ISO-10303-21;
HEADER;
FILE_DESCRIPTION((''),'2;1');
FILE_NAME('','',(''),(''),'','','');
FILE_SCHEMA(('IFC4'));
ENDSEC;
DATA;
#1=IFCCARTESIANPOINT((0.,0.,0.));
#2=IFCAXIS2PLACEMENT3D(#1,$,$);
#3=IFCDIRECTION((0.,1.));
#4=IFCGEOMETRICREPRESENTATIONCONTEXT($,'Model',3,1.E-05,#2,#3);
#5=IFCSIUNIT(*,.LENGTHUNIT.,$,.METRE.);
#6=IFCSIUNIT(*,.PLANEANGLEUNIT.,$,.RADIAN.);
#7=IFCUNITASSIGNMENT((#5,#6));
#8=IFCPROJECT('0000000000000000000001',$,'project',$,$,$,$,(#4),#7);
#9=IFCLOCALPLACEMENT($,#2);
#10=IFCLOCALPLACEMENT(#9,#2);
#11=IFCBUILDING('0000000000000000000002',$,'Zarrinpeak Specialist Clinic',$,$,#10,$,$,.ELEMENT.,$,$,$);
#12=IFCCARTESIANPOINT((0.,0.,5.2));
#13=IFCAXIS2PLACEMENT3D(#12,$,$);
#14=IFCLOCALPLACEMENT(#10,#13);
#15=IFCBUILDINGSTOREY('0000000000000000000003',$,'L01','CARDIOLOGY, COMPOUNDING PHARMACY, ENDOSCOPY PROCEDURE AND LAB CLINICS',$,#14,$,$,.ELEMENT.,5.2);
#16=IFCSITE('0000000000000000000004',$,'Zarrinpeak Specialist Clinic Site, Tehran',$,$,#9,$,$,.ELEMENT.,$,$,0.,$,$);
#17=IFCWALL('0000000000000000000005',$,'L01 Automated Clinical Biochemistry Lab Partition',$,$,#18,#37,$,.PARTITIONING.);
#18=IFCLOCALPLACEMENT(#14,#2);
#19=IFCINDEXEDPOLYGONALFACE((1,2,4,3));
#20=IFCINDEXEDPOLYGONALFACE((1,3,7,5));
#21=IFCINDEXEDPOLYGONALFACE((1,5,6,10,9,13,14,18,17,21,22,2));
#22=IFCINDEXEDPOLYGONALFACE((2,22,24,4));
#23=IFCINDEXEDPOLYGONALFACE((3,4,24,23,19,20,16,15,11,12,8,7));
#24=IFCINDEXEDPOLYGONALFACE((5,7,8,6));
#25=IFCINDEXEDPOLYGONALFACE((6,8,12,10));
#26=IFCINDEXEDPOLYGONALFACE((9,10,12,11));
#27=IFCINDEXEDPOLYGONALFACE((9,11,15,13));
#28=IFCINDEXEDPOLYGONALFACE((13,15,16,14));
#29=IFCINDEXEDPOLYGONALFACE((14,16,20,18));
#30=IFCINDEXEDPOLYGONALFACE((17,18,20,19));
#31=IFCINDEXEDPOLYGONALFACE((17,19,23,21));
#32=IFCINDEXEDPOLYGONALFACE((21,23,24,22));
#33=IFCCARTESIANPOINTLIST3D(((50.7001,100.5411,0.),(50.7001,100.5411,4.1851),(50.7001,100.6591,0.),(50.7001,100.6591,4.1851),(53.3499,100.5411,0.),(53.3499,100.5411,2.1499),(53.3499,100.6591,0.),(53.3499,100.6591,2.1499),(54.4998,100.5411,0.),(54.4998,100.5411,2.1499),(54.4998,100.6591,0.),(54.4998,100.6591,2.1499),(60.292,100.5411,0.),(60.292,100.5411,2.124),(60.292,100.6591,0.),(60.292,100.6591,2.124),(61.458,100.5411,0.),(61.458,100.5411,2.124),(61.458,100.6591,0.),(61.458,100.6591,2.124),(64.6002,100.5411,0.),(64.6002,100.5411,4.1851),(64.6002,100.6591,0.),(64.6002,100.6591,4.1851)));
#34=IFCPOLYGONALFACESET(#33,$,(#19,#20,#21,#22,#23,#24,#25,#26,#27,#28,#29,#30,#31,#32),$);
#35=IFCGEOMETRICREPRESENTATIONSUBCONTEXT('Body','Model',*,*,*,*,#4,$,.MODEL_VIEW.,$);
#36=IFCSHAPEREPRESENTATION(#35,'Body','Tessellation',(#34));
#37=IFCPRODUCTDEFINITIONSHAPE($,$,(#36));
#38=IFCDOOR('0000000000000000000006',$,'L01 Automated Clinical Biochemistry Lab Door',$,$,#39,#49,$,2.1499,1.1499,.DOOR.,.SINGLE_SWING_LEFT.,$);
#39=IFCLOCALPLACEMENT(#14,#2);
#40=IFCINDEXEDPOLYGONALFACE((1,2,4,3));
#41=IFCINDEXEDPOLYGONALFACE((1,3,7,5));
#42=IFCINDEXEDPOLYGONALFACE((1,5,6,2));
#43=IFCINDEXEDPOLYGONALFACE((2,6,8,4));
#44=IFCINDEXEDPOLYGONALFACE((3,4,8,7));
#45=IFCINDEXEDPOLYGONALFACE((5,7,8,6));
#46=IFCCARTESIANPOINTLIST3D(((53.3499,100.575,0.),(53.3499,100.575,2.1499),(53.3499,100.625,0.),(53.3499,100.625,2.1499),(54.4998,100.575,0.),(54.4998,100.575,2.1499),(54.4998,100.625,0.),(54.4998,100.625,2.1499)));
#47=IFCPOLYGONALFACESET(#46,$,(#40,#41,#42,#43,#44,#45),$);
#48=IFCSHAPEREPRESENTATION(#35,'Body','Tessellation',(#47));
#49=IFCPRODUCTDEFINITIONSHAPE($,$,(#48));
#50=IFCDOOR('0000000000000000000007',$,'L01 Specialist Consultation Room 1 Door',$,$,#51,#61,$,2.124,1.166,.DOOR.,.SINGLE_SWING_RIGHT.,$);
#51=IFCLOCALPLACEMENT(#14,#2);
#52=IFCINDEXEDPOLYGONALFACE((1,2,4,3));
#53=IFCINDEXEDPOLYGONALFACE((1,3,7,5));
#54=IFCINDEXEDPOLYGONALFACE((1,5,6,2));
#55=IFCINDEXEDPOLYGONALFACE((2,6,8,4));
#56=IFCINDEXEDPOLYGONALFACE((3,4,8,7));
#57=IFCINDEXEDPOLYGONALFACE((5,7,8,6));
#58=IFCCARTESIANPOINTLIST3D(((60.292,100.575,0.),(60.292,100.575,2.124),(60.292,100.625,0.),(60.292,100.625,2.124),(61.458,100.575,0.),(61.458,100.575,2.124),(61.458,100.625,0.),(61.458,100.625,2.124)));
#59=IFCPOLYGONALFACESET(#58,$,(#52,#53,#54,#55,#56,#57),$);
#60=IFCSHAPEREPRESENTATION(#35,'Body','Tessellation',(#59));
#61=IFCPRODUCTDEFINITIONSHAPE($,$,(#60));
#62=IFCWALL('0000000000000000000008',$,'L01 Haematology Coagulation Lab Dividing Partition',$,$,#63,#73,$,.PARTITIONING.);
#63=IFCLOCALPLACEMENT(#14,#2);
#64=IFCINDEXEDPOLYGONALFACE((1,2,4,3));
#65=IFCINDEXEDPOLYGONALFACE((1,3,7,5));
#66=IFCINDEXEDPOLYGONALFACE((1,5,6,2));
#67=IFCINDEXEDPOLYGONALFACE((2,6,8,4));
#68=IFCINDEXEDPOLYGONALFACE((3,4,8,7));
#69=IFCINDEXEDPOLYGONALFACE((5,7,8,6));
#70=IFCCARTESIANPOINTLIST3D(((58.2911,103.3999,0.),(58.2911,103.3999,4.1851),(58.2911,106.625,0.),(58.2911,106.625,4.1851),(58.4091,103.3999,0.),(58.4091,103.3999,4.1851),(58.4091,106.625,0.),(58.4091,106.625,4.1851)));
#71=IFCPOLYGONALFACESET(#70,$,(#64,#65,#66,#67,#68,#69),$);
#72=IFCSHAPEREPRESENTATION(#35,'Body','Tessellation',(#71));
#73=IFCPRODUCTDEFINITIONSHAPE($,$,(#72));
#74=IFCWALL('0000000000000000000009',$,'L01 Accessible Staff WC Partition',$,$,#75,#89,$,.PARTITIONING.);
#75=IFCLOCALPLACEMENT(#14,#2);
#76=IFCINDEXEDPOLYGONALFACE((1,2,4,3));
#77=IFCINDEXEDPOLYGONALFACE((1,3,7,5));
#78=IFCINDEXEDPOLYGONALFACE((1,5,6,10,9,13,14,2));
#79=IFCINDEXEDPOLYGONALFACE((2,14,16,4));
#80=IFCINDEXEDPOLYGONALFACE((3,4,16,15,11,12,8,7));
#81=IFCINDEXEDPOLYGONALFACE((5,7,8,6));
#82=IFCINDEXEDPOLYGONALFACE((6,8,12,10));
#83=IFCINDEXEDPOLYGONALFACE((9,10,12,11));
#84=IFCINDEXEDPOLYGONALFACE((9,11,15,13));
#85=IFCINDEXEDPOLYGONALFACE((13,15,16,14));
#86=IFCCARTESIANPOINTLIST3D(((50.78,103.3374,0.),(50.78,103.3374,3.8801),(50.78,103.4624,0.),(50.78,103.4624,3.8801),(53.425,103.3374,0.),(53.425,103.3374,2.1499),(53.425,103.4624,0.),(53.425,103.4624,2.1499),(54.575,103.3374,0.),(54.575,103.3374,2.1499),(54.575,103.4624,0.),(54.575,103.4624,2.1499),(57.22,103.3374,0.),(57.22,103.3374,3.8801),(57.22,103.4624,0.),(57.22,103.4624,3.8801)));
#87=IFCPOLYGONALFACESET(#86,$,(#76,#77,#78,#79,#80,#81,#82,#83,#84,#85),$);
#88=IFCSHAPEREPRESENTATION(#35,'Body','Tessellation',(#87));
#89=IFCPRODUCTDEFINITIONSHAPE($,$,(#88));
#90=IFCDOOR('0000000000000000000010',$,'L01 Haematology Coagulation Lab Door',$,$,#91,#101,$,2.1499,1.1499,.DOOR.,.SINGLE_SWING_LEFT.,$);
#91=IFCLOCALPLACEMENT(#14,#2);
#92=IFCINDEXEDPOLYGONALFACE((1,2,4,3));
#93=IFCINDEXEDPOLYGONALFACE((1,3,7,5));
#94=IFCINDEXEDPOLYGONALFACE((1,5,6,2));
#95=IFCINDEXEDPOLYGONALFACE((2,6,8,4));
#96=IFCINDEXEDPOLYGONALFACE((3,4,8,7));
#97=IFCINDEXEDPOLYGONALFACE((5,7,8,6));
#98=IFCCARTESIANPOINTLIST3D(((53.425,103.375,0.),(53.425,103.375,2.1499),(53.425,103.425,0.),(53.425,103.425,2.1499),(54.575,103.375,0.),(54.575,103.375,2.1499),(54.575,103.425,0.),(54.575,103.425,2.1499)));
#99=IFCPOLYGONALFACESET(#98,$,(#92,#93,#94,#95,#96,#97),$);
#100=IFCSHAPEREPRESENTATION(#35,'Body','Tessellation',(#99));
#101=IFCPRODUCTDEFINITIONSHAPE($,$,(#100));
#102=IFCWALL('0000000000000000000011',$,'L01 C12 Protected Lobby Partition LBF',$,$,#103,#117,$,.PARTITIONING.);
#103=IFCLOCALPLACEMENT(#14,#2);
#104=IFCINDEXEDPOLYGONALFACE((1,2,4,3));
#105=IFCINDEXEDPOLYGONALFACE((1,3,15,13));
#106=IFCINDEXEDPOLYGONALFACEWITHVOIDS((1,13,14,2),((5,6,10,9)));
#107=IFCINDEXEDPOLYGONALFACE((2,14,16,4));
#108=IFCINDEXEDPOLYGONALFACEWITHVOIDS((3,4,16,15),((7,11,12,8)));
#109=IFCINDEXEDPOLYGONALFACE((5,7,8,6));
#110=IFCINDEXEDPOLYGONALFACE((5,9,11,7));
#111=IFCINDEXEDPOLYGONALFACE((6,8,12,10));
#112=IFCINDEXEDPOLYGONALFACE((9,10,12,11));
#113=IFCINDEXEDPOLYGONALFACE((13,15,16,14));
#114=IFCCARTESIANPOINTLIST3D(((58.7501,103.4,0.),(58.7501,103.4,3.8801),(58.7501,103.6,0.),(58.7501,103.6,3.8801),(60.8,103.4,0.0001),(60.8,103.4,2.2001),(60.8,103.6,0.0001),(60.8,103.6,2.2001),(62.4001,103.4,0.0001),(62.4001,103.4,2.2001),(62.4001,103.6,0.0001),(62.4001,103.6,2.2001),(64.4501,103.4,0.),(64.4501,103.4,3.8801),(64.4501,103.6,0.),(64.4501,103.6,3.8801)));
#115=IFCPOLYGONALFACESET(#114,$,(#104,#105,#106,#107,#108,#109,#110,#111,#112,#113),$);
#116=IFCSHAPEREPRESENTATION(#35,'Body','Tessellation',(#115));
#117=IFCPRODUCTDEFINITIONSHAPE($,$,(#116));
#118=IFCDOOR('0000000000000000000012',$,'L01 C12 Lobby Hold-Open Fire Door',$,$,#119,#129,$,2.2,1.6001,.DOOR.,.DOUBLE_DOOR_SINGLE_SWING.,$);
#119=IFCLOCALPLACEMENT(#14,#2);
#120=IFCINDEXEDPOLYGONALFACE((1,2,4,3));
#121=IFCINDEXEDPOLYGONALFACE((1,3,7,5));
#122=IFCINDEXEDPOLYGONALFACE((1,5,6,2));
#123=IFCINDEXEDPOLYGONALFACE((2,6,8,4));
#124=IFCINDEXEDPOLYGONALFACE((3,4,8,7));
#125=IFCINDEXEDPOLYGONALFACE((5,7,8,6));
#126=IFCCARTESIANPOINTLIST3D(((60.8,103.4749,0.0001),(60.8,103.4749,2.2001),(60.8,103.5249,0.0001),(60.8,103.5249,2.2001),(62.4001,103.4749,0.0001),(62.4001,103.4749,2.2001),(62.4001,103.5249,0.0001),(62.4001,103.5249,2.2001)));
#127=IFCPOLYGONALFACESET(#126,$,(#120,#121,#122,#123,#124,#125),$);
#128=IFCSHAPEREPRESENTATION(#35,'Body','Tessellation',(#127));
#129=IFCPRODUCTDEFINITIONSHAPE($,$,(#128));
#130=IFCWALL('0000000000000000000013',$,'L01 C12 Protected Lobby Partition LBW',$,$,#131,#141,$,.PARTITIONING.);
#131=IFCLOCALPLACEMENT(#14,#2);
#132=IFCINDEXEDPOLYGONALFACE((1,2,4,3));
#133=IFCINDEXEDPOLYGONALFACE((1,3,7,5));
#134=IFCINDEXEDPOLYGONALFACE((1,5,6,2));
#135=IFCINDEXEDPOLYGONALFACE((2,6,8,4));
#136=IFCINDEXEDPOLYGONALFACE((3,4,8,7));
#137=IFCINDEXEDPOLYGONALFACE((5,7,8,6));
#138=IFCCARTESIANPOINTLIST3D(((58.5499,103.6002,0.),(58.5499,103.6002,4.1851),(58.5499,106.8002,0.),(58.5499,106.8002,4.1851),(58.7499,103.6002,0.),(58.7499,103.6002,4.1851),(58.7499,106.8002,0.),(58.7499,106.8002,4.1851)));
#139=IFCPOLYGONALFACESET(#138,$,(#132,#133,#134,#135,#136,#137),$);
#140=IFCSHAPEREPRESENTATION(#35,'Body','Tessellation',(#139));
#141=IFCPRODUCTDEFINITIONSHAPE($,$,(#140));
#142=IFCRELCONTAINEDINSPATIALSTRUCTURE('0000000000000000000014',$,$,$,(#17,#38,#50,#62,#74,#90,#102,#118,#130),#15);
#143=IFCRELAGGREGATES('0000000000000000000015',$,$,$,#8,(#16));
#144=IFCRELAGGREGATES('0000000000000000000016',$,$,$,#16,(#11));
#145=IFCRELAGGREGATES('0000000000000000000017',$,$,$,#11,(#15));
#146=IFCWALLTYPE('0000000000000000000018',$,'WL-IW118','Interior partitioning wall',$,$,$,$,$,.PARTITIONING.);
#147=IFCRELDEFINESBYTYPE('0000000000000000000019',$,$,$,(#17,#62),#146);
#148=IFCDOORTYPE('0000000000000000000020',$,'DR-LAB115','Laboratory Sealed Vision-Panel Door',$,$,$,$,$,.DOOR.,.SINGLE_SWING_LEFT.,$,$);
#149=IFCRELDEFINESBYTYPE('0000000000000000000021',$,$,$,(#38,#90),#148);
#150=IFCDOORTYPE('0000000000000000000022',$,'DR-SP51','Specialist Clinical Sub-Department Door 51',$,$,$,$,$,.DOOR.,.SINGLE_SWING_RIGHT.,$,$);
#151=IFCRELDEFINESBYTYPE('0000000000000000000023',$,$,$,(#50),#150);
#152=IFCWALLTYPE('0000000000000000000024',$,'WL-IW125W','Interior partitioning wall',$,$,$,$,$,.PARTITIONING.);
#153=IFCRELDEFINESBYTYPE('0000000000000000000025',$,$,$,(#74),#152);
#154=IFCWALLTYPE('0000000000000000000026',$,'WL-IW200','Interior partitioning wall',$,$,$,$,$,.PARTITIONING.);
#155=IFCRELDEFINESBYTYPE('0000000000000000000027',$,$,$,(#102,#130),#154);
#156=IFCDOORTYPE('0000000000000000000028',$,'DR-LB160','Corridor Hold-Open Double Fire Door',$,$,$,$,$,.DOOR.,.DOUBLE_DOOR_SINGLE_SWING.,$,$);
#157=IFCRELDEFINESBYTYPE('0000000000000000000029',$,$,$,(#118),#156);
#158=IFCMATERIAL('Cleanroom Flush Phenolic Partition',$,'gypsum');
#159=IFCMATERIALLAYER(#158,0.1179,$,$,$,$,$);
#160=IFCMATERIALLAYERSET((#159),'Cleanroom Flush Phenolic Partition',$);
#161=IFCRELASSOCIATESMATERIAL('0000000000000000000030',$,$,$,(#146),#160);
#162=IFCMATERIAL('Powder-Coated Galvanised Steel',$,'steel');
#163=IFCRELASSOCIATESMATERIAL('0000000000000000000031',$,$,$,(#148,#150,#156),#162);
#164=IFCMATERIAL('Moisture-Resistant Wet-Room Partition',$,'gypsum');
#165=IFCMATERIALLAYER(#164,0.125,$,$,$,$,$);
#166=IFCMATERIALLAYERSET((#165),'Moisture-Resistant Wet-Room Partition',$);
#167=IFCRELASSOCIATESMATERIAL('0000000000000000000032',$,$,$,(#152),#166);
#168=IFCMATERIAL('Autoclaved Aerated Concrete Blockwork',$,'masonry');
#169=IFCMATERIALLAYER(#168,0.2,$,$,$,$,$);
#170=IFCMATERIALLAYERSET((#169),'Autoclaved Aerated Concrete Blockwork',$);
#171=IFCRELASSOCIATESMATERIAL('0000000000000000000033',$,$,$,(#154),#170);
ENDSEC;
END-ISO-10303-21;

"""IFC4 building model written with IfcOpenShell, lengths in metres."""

from ifc_helpers import new_model, si_unit, direction, frame, frame_2d, origin, place, context, subcontext, project, spatial, rectangle, extrude, material, layer, layer_set, type_object, element, fill, save


model = new_model("IFC4")

# Units and contexts
model_context = context("Model", 3, precision=1e-05, world=origin(), true_north=direction((0.0, 1.0)))
body_context = subcontext(model_context, "Body", "Model", "MODEL_VIEW")
ifc_project = project(units=[si_unit("LENGTHUNIT", "METRE"), si_unit("PLANEANGLEUNIT", "RADIAN")], contexts=[model_context])

# Site, building, storey
site_placement = place(None, origin())
site = spatial("IfcSite", under=ifc_project, at=site_placement, Name="Zarrinpeak Specialist Clinic Site, Tehran", CompositionType="ELEMENT", RefElevation=0.0)
building_placement = place(site_placement, origin())
building = spatial("IfcBuilding", under=site, at=building_placement, Name="Zarrinpeak Specialist Clinic", CompositionType="ELEMENT")
storey_placement = place(building_placement, frame((0.0, 0.0, 5.2)))
storey = spatial("IfcBuildingStorey", under=building, at=storey_placement, Name="L01", Description="CARDIOLOGY, COMPOUNDING PHARMACY, ENDOSCOPY PROCEDURE AND LAB CLINICS", CompositionType="ELEMENT", Elevation=5.2)

# Wall, openings, doors
ifc_material_1 = material(Name="Cleanroom Flush Phenolic Partition", Category="gypsum")
ifc_layer_1 = layer(ifc_material_1, 0.1179)
ifc_layer_set_1 = layer_set([ifc_layer_1], Name="Cleanroom Flush Phenolic Partition")
wall_type_1 = type_object("IfcWallType", Name="WL-IW118", Description="Interior partitioning wall", PredefinedType="PARTITIONING", material=ifc_layer_set_1)
wall_1_placement = place(storey_placement, frame((50.7, 100.6001, 0.0), z_axis=(0.0, 0.0, 1.0), x_axis=(1.0, 0.0, 0.0)))
wall_1 = element("IfcWall", 1, at=wall_1_placement, inside=storey, type_object=wall_type_1, Name="L01 Automated Clinical Biochemistry Lab Partition", PredefinedType="PARTITIONING", context=body_context, shape_type="SweptSolid", body=[
    extrude(rectangle(XDim=13.9001, YDim=0.1179, at=frame_2d((6.9502, 0.0))), origin(), (0.0, 0.0, 1.0), 4.1851),
])
opening_1_placement = place(wall_1_placement, frame((2.6499, 0.0, 0.0)))
opening_1 = element("IfcOpeningElement", 2, at=opening_1_placement, cuts=wall_1, PredefinedType="OPENING", context=body_context, shape_type="SweptSolid", body=[
    extrude(rectangle(XDim=1.1499, YDim=2.1499, at=frame_2d((0.575, 1.075))), frame((0.0, 0.0688, 0.0), z_axis=(0.0, -1.0, 0.0), x_axis=(1.0, 0.0, 0.0)), (0.0, 0.0, 1.0), 0.1379),
])
opening_2_placement = place(wall_1_placement, frame((9.592, 0.0, 0.0)))
opening_2 = element("IfcOpeningElement", 3, at=opening_2_placement, cuts=wall_1, PredefinedType="OPENING", context=body_context, shape_type="SweptSolid", body=[
    extrude(rectangle(XDim=1.166, YDim=2.124, at=frame_2d((0.583, 1.062))), frame((0.0, 0.0688, 0.0), z_axis=(0.0, -1.0, 0.0), x_axis=(1.0, 0.0, 0.0)), (0.0, 0.0, 1.0), 0.1379),
])
ifc_material_2 = material(Name="Powder-Coated Galvanised Steel", Category="steel")
door_type_1 = type_object("IfcDoorType", Name="DR-LAB115", Description="Laboratory Sealed Vision-Panel Door", OperationType="SINGLE_SWING_LEFT", PredefinedType="DOOR", material=ifc_material_2)
door_1_placement = place(opening_1_placement, origin())
door_1 = element("IfcDoor", 4, at=door_1_placement, inside=storey, type_object=door_type_1, Name="L01 Automated Clinical Biochemistry Lab Door", OperationType="SINGLE_SWING_LEFT", OverallHeight=2.1499, OverallWidth=1.1499, PredefinedType="DOOR", context=body_context, shape_type="SweptSolid", body=[
    extrude(rectangle(XDim=1.1499, YDim=2.1499, at=frame_2d((0.575, 1.075))), frame((0.0, 0.0249, 0.0), z_axis=(0.0, -1.0, 0.0), x_axis=(1.0, 0.0, 0.0)), (0.0, 0.0, 1.0), 0.05),
])
fill(opening_1, door_1)
door_type_2 = type_object("IfcDoorType", Name="DR-SP51", Description="Specialist Clinical Sub-Department Door 51", OperationType="SINGLE_SWING_RIGHT", PredefinedType="DOOR", material=ifc_material_2)
door_2_placement = place(opening_2_placement, origin())
door_2 = element("IfcDoor", 5, at=door_2_placement, inside=storey, type_object=door_type_2, Name="L01 Specialist Consultation Room 1 Door", OperationType="SINGLE_SWING_RIGHT", OverallHeight=2.124, OverallWidth=1.166, PredefinedType="DOOR", context=body_context, shape_type="SweptSolid", body=[
    extrude(rectangle(XDim=1.166, YDim=2.124, at=frame_2d((0.583, 1.062))), frame((0.0, 0.0249, 0.0), z_axis=(0.0, -1.0, 0.0), x_axis=(1.0, 0.0, 0.0)), (0.0, 0.0, 1.0), 0.05),
])
fill(opening_2, door_2)

# Wall
wall_2_placement = place(storey_placement, frame((58.3501, 103.3999, 0.0), z_axis=(0.0, 0.0, 1.0), x_axis=(0.0, 1.0, 0.0)))
element("IfcWall", 6, at=wall_2_placement, inside=storey, type_object=wall_type_1, Name="L01 Haematology Coagulation Lab Dividing Partition", PredefinedType="PARTITIONING", context=body_context, shape_type="SweptSolid", body=[
    extrude(rectangle(XDim=3.2251, YDim=0.1179, at=frame_2d((1.6125, 0.0))), origin(), (0.0, 0.0, 1.0), 4.1851),
])

# Walls, openings, doors
ifc_material_3 = material(Name="Moisture-Resistant Wet-Room Partition", Category="gypsum")
ifc_layer_2 = layer(ifc_material_3, 0.125)
ifc_layer_set_2 = layer_set([ifc_layer_2], Name="Moisture-Resistant Wet-Room Partition")
wall_type_2 = type_object("IfcWallType", Name="WL-IW125W", Description="Interior partitioning wall", PredefinedType="PARTITIONING", material=ifc_layer_set_2)
wall_3_placement = place(storey_placement, frame((50.78, 103.3999, 0.0), z_axis=(0.0, 0.0, 1.0), x_axis=(1.0, 0.0, 0.0)))
wall_3 = element("IfcWall", 7, at=wall_3_placement, inside=storey, type_object=wall_type_2, Name="L01 Accessible Staff WC Partition", PredefinedType="PARTITIONING", context=body_context, shape_type="SweptSolid", body=[
    extrude(rectangle(XDim=6.4399, YDim=0.125, at=frame_2d((3.22, 0.0))), origin(), (0.0, 0.0, 1.0), 3.8801),
])
opening_3_placement = place(wall_3_placement, frame((2.645, 0.0, 0.0)))
opening_3 = element("IfcOpeningElement", 8, at=opening_3_placement, cuts=wall_3, PredefinedType="OPENING", context=body_context, shape_type="SweptSolid", body=[
    extrude(rectangle(XDim=1.1499, YDim=2.1499, at=frame_2d((0.575, 1.075))), frame((0.0, 0.0725, 0.0), z_axis=(0.0, -1.0, 0.0), x_axis=(1.0, 0.0, 0.0)), (0.0, 0.0, 1.0), 0.145),
])
door_3_placement = place(opening_3_placement, frame((1.1499, 0.0, 0.0), z_axis=(0.0, 0.0, 1.0), x_axis=(-1.0, 0.0, 0.0)))
door_3 = element("IfcDoor", 9, at=door_3_placement, inside=storey, type_object=door_type_1, Name="L01 Haematology Coagulation Lab Door", OperationType="SINGLE_SWING_LEFT", OverallHeight=2.1499, OverallWidth=1.1499, PredefinedType="DOOR", context=body_context, shape_type="SweptSolid", body=[
    extrude(rectangle(XDim=1.1499, YDim=2.1499, at=frame_2d((0.575, 1.075))), frame((0.0, 0.0249, 0.0), z_axis=(0.0, -1.0, 0.0), x_axis=(1.0, 0.0, 0.0)), (0.0, 0.0, 1.0), 0.05),
])
fill(opening_3, door_3)
ifc_material_4 = material(Name="Autoclaved Aerated Concrete Blockwork", Category="masonry")
ifc_layer_3 = layer(ifc_material_4, 0.2)
ifc_layer_set_3 = layer_set([ifc_layer_3], Name="Autoclaved Aerated Concrete Blockwork")
wall_type_3 = type_object("IfcWallType", Name="WL-IW200", Description="Interior partitioning wall", PredefinedType="PARTITIONING", material=ifc_layer_set_3)
wall_4_placement = place(storey_placement, frame((58.75, 103.5, 0.0), z_axis=(0.0, 0.0, 1.0), x_axis=(1.0, 0.0, 0.0)))
wall_4 = element("IfcWall", 10, at=wall_4_placement, inside=storey, type_object=wall_type_3, Name="L01 C12 Protected Lobby Partition LBF", PredefinedType="PARTITIONING", context=body_context, shape_type="SweptSolid", body=[
    extrude(rectangle(XDim=5.7, YDim=0.2, at=frame_2d((2.8501, 0.0))), origin(), (0.0, 0.0, 1.0), 3.8801),
])
opening_4_placement = place(wall_4_placement, frame((2.05, 0.0, 0.0)))
opening_4 = element("IfcOpeningElement", 11, at=opening_4_placement, cuts=wall_4, PredefinedType="OPENING", context=body_context, shape_type="SweptSolid", body=[
    extrude(rectangle(XDim=1.6001, YDim=2.2, at=frame_2d((0.8, 1.1001))), frame((0.0, 0.1099, 0.0), z_axis=(0.0, -1.0, 0.0), x_axis=(1.0, 0.0, 0.0)), (0.0, 0.0, 1.0), 0.22),
])
door_type_3 = type_object("IfcDoorType", Name="DR-LB160", Description="Corridor Hold-Open Double Fire Door", OperationType="DOUBLE_DOOR_SINGLE_SWING", PredefinedType="DOOR", material=ifc_material_2)
door_4_placement = place(opening_4_placement, origin())
door_4 = element("IfcDoor", 12, at=door_4_placement, inside=storey, type_object=door_type_3, Name="L01 C12 Lobby Hold-Open Fire Door", OperationType="DOUBLE_DOOR_SINGLE_SWING", OverallHeight=2.2, OverallWidth=1.6001, PredefinedType="DOOR", context=body_context, shape_type="SweptSolid", body=[
    extrude(rectangle(XDim=1.6001, YDim=2.2, at=frame_2d((0.8, 1.1001))), frame((0.0, 0.0249, 0.0), z_axis=(0.0, -1.0, 0.0), x_axis=(1.0, 0.0, 0.0)), (0.0, 0.0, 1.0), 0.05),
])
fill(opening_4, door_4)

# Wall
wall_5_placement = place(storey_placement, frame((58.6499, 103.6001, 0.0), z_axis=(0.0, 0.0, 1.0), x_axis=(0.0, 1.0, 0.0)))
element("IfcWall", 13, at=wall_5_placement, inside=storey, type_object=wall_type_3, Name="L01 C12 Protected Lobby Partition LBW", PredefinedType="PARTITIONING", context=body_context, shape_type="SweptSolid", body=[
    extrude(rectangle(XDim=3.2, YDim=0.2, at=frame_2d((1.6001, 0.0))), origin(), (0.0, 0.0, 1.0), 4.1851),
])

save(model, "model.ifc")
